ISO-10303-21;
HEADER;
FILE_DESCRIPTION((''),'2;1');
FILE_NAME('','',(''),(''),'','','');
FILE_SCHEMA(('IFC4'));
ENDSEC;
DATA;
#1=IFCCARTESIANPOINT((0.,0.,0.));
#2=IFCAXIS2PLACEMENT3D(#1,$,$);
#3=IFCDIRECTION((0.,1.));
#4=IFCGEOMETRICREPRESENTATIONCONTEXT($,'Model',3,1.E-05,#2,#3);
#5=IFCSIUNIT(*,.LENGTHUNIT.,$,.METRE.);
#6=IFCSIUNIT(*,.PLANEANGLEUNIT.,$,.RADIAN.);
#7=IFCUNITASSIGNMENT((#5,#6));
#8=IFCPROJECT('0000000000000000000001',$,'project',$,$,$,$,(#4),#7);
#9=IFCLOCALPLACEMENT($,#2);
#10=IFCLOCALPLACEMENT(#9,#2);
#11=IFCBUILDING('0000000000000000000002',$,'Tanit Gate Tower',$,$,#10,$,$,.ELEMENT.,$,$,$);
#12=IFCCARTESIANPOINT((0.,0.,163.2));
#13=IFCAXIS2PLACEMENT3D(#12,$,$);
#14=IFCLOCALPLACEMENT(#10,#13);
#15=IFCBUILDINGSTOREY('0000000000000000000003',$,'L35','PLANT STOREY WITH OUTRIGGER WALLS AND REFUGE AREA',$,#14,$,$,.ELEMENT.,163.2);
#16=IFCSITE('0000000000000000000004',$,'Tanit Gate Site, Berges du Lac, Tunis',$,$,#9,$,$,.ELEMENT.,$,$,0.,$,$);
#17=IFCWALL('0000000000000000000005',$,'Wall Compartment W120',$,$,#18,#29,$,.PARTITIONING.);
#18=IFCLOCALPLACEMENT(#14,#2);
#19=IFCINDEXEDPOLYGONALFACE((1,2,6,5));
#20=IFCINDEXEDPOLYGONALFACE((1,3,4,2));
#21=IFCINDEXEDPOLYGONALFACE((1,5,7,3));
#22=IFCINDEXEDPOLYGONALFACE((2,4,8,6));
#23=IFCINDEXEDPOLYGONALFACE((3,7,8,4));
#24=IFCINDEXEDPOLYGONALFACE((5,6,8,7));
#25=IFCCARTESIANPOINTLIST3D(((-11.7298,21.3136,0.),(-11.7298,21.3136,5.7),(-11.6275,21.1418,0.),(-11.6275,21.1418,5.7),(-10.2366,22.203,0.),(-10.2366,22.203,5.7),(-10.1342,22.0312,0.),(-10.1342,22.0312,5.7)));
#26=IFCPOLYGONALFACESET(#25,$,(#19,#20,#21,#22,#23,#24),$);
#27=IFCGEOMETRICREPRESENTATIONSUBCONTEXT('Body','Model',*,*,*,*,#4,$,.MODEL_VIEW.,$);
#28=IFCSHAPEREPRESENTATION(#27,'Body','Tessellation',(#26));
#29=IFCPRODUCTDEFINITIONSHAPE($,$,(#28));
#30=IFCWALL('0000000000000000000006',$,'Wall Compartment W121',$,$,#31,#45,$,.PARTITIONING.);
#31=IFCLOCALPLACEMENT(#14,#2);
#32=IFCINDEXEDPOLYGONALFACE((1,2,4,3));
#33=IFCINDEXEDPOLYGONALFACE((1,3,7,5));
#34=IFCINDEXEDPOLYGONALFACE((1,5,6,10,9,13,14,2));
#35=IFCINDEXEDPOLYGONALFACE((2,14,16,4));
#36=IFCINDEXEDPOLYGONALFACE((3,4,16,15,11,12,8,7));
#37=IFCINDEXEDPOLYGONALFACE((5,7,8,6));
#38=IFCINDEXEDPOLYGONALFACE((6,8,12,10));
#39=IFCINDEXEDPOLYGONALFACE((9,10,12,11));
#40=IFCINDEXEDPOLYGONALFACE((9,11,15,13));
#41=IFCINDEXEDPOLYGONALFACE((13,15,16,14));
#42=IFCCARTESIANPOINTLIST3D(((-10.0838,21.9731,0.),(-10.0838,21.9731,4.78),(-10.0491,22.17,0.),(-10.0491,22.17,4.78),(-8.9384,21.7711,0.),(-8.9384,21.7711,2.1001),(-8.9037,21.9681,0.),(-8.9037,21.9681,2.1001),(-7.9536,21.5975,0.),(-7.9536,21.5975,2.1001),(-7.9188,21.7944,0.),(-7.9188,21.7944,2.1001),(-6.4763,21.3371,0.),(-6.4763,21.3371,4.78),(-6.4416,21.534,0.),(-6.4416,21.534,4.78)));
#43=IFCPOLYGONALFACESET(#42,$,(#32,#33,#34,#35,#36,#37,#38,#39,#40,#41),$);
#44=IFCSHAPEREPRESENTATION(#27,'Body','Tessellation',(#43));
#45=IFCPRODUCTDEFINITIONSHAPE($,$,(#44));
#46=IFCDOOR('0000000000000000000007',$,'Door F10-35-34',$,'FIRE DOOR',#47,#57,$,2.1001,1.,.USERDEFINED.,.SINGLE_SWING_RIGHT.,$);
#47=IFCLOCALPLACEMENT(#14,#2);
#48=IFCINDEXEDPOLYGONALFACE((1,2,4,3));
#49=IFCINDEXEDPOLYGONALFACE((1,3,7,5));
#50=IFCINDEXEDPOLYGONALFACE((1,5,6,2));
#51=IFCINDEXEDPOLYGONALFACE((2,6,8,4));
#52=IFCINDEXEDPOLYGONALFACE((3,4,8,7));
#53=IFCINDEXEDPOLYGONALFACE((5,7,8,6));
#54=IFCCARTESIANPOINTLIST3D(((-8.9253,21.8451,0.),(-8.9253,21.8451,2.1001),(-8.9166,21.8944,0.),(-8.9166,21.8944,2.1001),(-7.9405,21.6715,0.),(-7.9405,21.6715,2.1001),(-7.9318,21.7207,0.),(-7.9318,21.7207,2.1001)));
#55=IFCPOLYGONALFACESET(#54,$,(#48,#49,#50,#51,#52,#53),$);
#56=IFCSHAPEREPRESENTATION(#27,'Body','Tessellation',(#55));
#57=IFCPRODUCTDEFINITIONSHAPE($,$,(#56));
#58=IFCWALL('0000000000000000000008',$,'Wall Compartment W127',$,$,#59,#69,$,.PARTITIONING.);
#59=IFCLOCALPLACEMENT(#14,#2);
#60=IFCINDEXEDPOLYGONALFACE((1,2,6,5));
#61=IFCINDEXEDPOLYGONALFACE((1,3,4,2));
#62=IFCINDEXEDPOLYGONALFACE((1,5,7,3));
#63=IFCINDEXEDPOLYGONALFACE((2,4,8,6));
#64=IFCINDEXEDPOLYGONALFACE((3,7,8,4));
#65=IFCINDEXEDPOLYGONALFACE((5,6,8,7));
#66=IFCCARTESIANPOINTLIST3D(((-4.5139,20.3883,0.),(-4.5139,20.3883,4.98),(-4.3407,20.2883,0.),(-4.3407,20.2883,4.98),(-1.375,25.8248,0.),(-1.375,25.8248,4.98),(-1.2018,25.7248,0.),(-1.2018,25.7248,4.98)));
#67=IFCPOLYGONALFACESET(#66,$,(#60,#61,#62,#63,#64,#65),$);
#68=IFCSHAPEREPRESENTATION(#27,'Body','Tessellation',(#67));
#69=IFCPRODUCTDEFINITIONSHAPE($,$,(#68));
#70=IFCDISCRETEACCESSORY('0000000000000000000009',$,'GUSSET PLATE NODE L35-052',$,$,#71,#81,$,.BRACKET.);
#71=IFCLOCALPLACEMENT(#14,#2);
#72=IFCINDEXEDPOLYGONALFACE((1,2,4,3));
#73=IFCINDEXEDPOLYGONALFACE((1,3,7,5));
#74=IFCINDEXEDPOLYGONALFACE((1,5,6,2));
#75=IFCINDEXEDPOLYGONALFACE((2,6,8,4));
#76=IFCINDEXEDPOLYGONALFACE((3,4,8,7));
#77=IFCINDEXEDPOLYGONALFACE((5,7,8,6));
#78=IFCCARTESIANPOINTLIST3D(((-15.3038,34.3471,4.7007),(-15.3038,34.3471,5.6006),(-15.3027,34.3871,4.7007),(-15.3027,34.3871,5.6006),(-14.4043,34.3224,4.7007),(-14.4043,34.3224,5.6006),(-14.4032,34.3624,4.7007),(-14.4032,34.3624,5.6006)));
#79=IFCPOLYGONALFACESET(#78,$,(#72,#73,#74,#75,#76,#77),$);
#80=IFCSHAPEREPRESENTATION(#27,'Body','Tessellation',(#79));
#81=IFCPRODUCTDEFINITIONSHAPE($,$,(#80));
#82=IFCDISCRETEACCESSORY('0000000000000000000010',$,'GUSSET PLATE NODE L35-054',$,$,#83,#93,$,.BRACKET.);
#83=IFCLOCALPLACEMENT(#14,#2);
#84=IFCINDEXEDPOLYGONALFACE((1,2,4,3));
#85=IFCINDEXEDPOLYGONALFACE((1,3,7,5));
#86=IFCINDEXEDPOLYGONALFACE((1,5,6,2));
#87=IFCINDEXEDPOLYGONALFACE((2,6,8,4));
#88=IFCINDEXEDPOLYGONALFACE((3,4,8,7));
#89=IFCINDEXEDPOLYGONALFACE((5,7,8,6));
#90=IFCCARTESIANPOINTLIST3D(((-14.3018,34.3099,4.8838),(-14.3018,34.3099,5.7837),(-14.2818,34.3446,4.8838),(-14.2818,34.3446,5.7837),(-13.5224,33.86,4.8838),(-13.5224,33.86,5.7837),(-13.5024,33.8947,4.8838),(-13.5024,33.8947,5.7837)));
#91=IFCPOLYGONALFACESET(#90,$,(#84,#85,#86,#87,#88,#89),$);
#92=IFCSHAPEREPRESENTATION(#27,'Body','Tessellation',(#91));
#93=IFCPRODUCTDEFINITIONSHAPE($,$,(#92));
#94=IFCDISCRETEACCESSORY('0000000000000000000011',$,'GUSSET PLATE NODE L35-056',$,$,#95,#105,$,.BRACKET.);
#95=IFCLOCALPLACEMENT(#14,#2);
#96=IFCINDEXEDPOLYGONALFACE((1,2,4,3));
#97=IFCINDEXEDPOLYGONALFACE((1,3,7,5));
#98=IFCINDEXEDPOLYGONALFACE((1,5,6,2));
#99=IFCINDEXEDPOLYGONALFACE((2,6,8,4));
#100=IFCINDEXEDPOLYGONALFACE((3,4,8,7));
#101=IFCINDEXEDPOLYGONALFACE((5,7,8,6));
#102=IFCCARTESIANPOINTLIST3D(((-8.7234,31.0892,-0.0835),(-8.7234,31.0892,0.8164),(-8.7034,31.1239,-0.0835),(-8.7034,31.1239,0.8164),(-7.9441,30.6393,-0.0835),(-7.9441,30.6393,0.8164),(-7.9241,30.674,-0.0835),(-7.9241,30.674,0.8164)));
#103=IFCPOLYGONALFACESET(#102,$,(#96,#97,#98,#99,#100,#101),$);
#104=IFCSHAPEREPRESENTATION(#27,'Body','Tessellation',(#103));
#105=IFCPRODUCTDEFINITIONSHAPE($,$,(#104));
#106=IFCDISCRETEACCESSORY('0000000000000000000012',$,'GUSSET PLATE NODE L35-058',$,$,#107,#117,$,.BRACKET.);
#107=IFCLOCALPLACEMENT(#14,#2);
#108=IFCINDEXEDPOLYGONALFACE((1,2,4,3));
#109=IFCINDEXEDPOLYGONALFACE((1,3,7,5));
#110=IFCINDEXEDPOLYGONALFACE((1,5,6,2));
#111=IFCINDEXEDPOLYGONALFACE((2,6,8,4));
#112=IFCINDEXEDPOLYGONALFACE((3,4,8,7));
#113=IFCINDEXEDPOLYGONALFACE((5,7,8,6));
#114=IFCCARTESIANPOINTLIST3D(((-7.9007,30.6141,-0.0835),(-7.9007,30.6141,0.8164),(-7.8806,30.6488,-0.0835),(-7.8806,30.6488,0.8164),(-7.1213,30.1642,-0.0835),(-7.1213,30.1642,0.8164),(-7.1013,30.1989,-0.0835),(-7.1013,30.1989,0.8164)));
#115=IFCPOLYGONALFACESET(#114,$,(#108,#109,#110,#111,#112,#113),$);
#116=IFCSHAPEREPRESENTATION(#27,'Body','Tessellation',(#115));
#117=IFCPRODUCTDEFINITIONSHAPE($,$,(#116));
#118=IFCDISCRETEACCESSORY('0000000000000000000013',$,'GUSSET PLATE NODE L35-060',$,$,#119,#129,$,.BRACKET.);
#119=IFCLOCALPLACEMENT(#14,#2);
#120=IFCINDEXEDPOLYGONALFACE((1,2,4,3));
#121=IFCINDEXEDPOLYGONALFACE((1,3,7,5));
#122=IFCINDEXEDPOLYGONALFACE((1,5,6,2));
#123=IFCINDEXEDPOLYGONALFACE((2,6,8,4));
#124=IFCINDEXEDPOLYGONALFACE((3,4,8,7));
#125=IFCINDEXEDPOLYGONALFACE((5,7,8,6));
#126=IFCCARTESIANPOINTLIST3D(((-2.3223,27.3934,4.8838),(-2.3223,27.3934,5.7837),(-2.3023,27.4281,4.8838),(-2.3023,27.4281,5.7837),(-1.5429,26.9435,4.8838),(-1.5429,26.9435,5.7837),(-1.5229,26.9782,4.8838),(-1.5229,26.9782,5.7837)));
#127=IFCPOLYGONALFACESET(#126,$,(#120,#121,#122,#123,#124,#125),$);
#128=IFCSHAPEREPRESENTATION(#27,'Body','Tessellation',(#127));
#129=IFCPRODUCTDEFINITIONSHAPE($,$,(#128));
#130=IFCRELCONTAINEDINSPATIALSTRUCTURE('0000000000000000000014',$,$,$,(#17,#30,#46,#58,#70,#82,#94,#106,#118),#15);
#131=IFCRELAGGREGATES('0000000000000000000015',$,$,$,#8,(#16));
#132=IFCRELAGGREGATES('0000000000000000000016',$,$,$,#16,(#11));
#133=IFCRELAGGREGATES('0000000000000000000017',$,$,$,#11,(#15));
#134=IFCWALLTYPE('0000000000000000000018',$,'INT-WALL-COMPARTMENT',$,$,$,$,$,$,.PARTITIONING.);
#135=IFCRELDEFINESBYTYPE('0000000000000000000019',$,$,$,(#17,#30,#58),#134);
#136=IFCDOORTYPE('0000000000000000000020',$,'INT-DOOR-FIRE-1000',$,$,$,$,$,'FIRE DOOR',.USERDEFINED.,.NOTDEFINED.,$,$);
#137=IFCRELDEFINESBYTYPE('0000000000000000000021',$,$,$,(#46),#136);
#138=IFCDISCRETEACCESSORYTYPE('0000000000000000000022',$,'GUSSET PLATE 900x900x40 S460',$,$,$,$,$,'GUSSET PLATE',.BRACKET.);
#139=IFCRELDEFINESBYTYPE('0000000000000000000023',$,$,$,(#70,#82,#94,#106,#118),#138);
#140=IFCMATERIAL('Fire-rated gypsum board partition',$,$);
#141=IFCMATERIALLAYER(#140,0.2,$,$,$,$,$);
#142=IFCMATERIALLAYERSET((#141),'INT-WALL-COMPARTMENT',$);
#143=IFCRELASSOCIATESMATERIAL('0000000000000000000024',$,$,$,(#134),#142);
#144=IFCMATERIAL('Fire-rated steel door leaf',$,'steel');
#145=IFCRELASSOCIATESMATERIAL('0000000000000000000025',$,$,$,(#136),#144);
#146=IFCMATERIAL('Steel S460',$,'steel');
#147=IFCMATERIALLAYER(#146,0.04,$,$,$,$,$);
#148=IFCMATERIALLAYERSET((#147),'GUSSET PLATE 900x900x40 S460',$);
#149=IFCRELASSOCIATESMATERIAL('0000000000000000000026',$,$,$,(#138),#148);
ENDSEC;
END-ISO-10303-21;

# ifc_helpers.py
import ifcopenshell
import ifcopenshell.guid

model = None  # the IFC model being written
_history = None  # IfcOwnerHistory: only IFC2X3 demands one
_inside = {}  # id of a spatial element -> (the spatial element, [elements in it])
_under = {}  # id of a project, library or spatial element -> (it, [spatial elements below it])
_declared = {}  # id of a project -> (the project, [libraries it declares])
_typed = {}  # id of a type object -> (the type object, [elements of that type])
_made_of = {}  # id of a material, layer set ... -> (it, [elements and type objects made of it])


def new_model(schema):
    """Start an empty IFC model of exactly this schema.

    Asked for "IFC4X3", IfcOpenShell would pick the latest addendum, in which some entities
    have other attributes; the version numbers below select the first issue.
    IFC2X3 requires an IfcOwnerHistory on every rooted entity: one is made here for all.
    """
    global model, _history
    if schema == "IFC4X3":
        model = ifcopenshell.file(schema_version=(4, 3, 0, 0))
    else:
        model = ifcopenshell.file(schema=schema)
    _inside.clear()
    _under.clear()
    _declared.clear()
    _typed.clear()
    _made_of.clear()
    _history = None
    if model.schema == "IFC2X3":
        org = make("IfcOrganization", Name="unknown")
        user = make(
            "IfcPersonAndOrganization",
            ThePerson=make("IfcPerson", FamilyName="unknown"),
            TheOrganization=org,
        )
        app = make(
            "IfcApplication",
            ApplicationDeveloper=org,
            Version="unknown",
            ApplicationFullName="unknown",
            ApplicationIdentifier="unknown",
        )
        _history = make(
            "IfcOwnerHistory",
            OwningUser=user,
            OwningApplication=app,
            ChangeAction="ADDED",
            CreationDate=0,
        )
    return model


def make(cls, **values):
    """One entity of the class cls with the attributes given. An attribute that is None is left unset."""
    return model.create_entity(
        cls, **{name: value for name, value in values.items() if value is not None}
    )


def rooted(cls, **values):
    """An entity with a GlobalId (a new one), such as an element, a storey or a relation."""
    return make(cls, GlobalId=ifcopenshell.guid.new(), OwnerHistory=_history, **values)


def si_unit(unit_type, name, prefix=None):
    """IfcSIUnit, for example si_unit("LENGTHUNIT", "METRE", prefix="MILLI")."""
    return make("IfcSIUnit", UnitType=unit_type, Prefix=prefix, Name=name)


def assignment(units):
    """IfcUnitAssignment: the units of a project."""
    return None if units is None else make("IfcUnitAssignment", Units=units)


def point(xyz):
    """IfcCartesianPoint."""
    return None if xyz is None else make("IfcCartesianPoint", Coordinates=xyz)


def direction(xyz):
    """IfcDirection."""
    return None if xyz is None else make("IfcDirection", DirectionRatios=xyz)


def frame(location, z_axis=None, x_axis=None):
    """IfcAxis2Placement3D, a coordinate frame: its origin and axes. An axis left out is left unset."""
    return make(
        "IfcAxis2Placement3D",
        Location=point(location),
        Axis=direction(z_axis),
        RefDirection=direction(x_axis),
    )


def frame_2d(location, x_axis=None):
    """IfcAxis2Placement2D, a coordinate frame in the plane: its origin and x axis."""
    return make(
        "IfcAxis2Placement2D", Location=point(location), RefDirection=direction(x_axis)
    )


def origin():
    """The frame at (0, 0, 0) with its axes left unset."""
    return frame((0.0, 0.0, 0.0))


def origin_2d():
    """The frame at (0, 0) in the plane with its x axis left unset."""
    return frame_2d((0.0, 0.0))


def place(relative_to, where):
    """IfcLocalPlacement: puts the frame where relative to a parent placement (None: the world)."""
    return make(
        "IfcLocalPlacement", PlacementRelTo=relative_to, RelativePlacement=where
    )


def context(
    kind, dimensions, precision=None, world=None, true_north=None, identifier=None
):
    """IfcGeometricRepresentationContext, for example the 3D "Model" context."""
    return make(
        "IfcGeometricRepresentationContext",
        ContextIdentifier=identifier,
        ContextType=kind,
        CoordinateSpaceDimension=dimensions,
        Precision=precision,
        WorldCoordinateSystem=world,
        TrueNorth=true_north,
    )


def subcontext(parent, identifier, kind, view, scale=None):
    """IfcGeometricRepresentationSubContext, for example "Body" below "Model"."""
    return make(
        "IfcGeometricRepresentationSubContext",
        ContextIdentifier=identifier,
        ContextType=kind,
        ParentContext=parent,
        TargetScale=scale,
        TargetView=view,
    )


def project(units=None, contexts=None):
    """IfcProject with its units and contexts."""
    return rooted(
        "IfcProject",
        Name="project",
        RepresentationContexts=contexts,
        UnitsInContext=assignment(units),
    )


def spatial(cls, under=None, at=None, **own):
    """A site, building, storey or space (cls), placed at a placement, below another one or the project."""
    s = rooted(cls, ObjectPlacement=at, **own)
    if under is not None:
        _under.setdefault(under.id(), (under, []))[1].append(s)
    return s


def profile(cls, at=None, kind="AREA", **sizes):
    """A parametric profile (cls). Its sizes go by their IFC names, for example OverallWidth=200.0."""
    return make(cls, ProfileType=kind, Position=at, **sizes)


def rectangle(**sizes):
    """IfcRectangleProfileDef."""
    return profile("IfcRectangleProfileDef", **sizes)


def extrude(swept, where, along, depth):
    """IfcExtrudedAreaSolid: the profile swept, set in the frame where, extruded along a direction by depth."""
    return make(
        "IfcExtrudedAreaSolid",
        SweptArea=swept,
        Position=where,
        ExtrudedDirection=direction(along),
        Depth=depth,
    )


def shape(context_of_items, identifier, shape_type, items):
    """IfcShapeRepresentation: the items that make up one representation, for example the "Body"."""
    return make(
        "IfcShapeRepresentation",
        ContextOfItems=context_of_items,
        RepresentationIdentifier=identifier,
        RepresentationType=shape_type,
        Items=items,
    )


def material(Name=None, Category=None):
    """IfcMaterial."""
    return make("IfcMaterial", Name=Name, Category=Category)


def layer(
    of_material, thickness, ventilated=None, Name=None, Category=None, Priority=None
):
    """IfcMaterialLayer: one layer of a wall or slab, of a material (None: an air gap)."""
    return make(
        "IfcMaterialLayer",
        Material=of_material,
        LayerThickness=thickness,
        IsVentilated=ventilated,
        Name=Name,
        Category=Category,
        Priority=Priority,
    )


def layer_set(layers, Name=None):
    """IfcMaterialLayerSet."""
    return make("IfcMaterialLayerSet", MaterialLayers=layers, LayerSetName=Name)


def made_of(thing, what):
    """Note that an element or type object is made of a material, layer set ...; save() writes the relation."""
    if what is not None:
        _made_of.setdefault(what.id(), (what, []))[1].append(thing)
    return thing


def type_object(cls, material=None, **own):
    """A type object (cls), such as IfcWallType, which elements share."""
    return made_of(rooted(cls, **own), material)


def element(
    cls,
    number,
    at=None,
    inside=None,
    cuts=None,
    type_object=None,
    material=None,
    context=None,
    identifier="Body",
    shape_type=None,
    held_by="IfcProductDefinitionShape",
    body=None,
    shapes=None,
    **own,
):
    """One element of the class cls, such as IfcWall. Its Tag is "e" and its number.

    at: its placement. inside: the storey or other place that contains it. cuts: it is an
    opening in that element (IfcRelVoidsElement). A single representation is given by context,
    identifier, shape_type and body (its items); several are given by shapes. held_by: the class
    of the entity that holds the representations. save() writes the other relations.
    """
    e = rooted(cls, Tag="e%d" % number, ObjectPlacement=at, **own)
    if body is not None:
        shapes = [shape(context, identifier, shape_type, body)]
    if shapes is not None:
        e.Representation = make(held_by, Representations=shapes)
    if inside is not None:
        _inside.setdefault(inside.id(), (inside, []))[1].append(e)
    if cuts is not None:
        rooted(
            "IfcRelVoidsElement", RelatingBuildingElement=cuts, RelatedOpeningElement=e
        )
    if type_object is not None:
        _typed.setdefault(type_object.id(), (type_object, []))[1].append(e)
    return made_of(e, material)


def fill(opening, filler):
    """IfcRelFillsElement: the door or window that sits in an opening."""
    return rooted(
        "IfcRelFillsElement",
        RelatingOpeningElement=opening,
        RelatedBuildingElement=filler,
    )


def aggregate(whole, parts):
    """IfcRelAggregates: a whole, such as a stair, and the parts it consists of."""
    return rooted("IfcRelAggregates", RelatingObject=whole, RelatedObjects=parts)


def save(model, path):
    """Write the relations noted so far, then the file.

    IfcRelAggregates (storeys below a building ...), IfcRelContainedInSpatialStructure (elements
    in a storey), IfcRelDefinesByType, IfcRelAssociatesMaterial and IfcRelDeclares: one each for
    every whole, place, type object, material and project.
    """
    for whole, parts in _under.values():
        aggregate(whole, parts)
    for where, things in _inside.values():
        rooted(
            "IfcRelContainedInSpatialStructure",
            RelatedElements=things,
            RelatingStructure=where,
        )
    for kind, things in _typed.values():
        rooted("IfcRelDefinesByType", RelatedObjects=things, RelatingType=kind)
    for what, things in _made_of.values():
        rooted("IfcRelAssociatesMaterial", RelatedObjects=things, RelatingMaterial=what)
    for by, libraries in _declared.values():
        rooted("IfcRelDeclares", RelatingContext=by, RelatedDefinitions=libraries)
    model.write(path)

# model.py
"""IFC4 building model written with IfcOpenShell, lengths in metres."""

from ifc_helpers import new_model, si_unit, direction, frame, frame_2d, origin, origin_2d, place, context, subcontext, project, spatial, rectangle, extrude, material, layer, layer_set, type_object, element, fill, save


model = new_model("IFC4")

# Units and contexts
model_context = context("Model", 3, precision=1e-05, world=origin(), true_north=direction((0.0, 1.0)))
body_context = subcontext(model_context, "Body", "Model", "MODEL_VIEW")
ifc_project = project(units=[si_unit("LENGTHUNIT", "METRE"), si_unit("PLANEANGLEUNIT", "RADIAN")], contexts=[model_context])

# Site, building, storey
site_placement = place(None, origin())
site = spatial("IfcSite", under=ifc_project, at=site_placement, Name="Tanit Gate Site, Berges du Lac, Tunis", CompositionType="ELEMENT", RefElevation=0.0)
building_placement = place(site_placement, origin())
building = spatial("IfcBuilding", under=site, at=building_placement, Name="Tanit Gate Tower", CompositionType="ELEMENT")
storey_placement = place(building_placement, frame((0.0, 0.0, 163.2)))
storey = spatial("IfcBuildingStorey", under=building, at=storey_placement, Name="L35", Description="PLANT STOREY WITH OUTRIGGER WALLS AND REFUGE AREA", CompositionType="ELEMENT", Elevation=163.2)

# Shared definitions
ifc_material_1 = material(Name="Fire-rated gypsum board partition")
ifc_layer_1 = layer(ifc_material_1, 0.2)
ifc_layer_set_1 = layer_set([ifc_layer_1], Name="INT-WALL-COMPARTMENT")
wall_type_1 = type_object("IfcWallType", Name="INT-WALL-COMPARTMENT", PredefinedType="PARTITIONING", material=ifc_layer_set_1)
ifc_material_2 = material(Name="Fire-rated steel door leaf", Category="steel")
door_type_1 = type_object("IfcDoorType", Name="INT-DOOR-FIRE-1000", ElementType="FIRE DOOR", OperationType="NOTDEFINED", PredefinedType="USERDEFINED", material=ifc_material_2)

# Wall
wall_1_placement = place(storey_placement, frame((-10.1853, 22.1172, 0.0), z_axis=(0.0, 0.0, 1.0), x_axis=(-0.859137, -0.511746, 0.0)))
element("IfcWall", 1, at=wall_1_placement, inside=storey, type_object=wall_type_1, Name="Wall Compartment W120", PredefinedType="PARTITIONING", context=body_context, shape_type="SweptSolid", body=[
    extrude(rectangle(XDim=1.738, YDim=0.2, at=frame_2d((0.8691, 0.0))), origin(), (0.0, 0.0, 1.0), 5.7),
])

# Wall, opening, door
wall_2_placement = place(storey_placement, frame((-6.459, 21.4355, 0.0), z_axis=(0.0, 0.0, 1.0), x_axis=(-0.984812, 0.173622, 0.0)))
wall_2 = element("IfcWall", 2, at=wall_2_placement, inside=storey, type_object=wall_type_1, Name="Wall Compartment W121", PredefinedType="PARTITIONING", context=body_context, shape_type="SweptSolid", body=[
    extrude(rectangle(XDim=3.6631, YDim=0.2, at=frame_2d((1.8315, 0.0))), origin(), (0.0, 0.0, 1.0), 4.78),
])
opening_1_placement = place(wall_2_placement, frame((1.5, 0.0, 0.0)))
opening_1 = element("IfcOpeningElement", 3, at=opening_1_placement, cuts=wall_2, PredefinedType="OPENING", context=body_context, shape_type="SweptSolid", body=[
    extrude(rectangle(XDim=1.0, YDim=2.1001, at=frame_2d((0.5, 1.05))), frame((0.0, 0.1099, 0.0), z_axis=(0.0, -1.0, 0.0), x_axis=(1.0, 0.0, 0.0)), (0.0, 0.0, 1.0), 0.22),
])
door_1_placement = place(opening_1_placement, origin())
door_1 = element("IfcDoor", 4, at=door_1_placement, inside=storey, type_object=door_type_1, Name="Door F10-35-34", ObjectType="FIRE DOOR", OperationType="SINGLE_SWING_RIGHT", OverallHeight=2.1001, OverallWidth=1.0, PredefinedType="USERDEFINED", context=body_context, shape_type="SweptSolid", body=[
    extrude(rectangle(XDim=1.0, YDim=2.1001, at=frame_2d((0.5, 1.05))), frame((0.0, 0.0249, 0.0), z_axis=(0.0, -1.0, 0.0), x_axis=(1.0, 0.0, 0.0)), (0.0, 0.0, 1.0), 0.05),
])
fill(opening_1, door_1)

# Wall
wall_3_placement = place(storey_placement, frame((-4.4272, 20.3384, 0.0), z_axis=(0.0, 0.0, 1.0), x_axis=(0.500016, 0.866016, 0.0)))
element("IfcWall", 5, at=wall_3_placement, inside=storey, type_object=wall_type_1, Name="Wall Compartment W127", PredefinedType="PARTITIONING", context=body_context, shape_type="SweptSolid", body=[
    extrude(rectangle(XDim=6.2776, YDim=0.2, at=frame_2d((3.1387, 0.0))), origin(), (0.0, 0.0, 1.0), 4.98),
])

# Discrete accessories
ifc_material_3 = material(Name="Steel S460", Category="steel")
ifc_layer_2 = layer(ifc_material_3, 0.04)
ifc_layer_set_2 = layer_set([ifc_layer_2], Name="GUSSET PLATE 900x900x40 S460")
discrete_accessory_type = type_object("IfcDiscreteAccessoryType", Name="GUSSET PLATE 900x900x40 S460", ElementType="GUSSET PLATE", PredefinedType="BRACKET", material=ifc_layer_set_2)
for number, where, z_axis, x_axis, name in (
    (6, (-14.8535, 34.3547, 4.7007), (0.0, 0.0, 1.0), (-0.999622, 0.027485, 0.0), "GUSSET PLATE NODE L35-052"),
    (7, (-13.9021, 34.1023, 4.8838), (0.0, 0.0, 1.0), (0.866025, -0.5, 0.0), "GUSSET PLATE NODE L35-054"),
    (8, (-8.3237, 30.8816, -0.0835), (0.0, 0.0, 1.0), (-0.866025, 0.5, 0.0), "GUSSET PLATE NODE L35-056"),
    (9, (-7.501, 30.4065, -0.0835), (0.0, 0.0, 1.0), (0.866025, -0.5, 0.0), "GUSSET PLATE NODE L35-058"),
    (10, (-1.9226, 27.1858, 4.8838), (0.0, 0.0, 1.0), (-0.866025, 0.5, 0.0), "GUSSET PLATE NODE L35-060"),
):
    element("IfcDiscreteAccessory", number, at=place(storey_placement, frame(where, z_axis=z_axis, x_axis=x_axis)), inside=storey, type_object=discrete_accessory_type, Name=name, PredefinedType="BRACKET", context=body_context, shape_type="SweptSolid", body=[
        extrude(rectangle(XDim=0.8999, YDim=0.04, at=origin_2d()), origin(), (0.0, 0.0, 1.0), 0.8999),
    ])

save(model, "model.ifc")
